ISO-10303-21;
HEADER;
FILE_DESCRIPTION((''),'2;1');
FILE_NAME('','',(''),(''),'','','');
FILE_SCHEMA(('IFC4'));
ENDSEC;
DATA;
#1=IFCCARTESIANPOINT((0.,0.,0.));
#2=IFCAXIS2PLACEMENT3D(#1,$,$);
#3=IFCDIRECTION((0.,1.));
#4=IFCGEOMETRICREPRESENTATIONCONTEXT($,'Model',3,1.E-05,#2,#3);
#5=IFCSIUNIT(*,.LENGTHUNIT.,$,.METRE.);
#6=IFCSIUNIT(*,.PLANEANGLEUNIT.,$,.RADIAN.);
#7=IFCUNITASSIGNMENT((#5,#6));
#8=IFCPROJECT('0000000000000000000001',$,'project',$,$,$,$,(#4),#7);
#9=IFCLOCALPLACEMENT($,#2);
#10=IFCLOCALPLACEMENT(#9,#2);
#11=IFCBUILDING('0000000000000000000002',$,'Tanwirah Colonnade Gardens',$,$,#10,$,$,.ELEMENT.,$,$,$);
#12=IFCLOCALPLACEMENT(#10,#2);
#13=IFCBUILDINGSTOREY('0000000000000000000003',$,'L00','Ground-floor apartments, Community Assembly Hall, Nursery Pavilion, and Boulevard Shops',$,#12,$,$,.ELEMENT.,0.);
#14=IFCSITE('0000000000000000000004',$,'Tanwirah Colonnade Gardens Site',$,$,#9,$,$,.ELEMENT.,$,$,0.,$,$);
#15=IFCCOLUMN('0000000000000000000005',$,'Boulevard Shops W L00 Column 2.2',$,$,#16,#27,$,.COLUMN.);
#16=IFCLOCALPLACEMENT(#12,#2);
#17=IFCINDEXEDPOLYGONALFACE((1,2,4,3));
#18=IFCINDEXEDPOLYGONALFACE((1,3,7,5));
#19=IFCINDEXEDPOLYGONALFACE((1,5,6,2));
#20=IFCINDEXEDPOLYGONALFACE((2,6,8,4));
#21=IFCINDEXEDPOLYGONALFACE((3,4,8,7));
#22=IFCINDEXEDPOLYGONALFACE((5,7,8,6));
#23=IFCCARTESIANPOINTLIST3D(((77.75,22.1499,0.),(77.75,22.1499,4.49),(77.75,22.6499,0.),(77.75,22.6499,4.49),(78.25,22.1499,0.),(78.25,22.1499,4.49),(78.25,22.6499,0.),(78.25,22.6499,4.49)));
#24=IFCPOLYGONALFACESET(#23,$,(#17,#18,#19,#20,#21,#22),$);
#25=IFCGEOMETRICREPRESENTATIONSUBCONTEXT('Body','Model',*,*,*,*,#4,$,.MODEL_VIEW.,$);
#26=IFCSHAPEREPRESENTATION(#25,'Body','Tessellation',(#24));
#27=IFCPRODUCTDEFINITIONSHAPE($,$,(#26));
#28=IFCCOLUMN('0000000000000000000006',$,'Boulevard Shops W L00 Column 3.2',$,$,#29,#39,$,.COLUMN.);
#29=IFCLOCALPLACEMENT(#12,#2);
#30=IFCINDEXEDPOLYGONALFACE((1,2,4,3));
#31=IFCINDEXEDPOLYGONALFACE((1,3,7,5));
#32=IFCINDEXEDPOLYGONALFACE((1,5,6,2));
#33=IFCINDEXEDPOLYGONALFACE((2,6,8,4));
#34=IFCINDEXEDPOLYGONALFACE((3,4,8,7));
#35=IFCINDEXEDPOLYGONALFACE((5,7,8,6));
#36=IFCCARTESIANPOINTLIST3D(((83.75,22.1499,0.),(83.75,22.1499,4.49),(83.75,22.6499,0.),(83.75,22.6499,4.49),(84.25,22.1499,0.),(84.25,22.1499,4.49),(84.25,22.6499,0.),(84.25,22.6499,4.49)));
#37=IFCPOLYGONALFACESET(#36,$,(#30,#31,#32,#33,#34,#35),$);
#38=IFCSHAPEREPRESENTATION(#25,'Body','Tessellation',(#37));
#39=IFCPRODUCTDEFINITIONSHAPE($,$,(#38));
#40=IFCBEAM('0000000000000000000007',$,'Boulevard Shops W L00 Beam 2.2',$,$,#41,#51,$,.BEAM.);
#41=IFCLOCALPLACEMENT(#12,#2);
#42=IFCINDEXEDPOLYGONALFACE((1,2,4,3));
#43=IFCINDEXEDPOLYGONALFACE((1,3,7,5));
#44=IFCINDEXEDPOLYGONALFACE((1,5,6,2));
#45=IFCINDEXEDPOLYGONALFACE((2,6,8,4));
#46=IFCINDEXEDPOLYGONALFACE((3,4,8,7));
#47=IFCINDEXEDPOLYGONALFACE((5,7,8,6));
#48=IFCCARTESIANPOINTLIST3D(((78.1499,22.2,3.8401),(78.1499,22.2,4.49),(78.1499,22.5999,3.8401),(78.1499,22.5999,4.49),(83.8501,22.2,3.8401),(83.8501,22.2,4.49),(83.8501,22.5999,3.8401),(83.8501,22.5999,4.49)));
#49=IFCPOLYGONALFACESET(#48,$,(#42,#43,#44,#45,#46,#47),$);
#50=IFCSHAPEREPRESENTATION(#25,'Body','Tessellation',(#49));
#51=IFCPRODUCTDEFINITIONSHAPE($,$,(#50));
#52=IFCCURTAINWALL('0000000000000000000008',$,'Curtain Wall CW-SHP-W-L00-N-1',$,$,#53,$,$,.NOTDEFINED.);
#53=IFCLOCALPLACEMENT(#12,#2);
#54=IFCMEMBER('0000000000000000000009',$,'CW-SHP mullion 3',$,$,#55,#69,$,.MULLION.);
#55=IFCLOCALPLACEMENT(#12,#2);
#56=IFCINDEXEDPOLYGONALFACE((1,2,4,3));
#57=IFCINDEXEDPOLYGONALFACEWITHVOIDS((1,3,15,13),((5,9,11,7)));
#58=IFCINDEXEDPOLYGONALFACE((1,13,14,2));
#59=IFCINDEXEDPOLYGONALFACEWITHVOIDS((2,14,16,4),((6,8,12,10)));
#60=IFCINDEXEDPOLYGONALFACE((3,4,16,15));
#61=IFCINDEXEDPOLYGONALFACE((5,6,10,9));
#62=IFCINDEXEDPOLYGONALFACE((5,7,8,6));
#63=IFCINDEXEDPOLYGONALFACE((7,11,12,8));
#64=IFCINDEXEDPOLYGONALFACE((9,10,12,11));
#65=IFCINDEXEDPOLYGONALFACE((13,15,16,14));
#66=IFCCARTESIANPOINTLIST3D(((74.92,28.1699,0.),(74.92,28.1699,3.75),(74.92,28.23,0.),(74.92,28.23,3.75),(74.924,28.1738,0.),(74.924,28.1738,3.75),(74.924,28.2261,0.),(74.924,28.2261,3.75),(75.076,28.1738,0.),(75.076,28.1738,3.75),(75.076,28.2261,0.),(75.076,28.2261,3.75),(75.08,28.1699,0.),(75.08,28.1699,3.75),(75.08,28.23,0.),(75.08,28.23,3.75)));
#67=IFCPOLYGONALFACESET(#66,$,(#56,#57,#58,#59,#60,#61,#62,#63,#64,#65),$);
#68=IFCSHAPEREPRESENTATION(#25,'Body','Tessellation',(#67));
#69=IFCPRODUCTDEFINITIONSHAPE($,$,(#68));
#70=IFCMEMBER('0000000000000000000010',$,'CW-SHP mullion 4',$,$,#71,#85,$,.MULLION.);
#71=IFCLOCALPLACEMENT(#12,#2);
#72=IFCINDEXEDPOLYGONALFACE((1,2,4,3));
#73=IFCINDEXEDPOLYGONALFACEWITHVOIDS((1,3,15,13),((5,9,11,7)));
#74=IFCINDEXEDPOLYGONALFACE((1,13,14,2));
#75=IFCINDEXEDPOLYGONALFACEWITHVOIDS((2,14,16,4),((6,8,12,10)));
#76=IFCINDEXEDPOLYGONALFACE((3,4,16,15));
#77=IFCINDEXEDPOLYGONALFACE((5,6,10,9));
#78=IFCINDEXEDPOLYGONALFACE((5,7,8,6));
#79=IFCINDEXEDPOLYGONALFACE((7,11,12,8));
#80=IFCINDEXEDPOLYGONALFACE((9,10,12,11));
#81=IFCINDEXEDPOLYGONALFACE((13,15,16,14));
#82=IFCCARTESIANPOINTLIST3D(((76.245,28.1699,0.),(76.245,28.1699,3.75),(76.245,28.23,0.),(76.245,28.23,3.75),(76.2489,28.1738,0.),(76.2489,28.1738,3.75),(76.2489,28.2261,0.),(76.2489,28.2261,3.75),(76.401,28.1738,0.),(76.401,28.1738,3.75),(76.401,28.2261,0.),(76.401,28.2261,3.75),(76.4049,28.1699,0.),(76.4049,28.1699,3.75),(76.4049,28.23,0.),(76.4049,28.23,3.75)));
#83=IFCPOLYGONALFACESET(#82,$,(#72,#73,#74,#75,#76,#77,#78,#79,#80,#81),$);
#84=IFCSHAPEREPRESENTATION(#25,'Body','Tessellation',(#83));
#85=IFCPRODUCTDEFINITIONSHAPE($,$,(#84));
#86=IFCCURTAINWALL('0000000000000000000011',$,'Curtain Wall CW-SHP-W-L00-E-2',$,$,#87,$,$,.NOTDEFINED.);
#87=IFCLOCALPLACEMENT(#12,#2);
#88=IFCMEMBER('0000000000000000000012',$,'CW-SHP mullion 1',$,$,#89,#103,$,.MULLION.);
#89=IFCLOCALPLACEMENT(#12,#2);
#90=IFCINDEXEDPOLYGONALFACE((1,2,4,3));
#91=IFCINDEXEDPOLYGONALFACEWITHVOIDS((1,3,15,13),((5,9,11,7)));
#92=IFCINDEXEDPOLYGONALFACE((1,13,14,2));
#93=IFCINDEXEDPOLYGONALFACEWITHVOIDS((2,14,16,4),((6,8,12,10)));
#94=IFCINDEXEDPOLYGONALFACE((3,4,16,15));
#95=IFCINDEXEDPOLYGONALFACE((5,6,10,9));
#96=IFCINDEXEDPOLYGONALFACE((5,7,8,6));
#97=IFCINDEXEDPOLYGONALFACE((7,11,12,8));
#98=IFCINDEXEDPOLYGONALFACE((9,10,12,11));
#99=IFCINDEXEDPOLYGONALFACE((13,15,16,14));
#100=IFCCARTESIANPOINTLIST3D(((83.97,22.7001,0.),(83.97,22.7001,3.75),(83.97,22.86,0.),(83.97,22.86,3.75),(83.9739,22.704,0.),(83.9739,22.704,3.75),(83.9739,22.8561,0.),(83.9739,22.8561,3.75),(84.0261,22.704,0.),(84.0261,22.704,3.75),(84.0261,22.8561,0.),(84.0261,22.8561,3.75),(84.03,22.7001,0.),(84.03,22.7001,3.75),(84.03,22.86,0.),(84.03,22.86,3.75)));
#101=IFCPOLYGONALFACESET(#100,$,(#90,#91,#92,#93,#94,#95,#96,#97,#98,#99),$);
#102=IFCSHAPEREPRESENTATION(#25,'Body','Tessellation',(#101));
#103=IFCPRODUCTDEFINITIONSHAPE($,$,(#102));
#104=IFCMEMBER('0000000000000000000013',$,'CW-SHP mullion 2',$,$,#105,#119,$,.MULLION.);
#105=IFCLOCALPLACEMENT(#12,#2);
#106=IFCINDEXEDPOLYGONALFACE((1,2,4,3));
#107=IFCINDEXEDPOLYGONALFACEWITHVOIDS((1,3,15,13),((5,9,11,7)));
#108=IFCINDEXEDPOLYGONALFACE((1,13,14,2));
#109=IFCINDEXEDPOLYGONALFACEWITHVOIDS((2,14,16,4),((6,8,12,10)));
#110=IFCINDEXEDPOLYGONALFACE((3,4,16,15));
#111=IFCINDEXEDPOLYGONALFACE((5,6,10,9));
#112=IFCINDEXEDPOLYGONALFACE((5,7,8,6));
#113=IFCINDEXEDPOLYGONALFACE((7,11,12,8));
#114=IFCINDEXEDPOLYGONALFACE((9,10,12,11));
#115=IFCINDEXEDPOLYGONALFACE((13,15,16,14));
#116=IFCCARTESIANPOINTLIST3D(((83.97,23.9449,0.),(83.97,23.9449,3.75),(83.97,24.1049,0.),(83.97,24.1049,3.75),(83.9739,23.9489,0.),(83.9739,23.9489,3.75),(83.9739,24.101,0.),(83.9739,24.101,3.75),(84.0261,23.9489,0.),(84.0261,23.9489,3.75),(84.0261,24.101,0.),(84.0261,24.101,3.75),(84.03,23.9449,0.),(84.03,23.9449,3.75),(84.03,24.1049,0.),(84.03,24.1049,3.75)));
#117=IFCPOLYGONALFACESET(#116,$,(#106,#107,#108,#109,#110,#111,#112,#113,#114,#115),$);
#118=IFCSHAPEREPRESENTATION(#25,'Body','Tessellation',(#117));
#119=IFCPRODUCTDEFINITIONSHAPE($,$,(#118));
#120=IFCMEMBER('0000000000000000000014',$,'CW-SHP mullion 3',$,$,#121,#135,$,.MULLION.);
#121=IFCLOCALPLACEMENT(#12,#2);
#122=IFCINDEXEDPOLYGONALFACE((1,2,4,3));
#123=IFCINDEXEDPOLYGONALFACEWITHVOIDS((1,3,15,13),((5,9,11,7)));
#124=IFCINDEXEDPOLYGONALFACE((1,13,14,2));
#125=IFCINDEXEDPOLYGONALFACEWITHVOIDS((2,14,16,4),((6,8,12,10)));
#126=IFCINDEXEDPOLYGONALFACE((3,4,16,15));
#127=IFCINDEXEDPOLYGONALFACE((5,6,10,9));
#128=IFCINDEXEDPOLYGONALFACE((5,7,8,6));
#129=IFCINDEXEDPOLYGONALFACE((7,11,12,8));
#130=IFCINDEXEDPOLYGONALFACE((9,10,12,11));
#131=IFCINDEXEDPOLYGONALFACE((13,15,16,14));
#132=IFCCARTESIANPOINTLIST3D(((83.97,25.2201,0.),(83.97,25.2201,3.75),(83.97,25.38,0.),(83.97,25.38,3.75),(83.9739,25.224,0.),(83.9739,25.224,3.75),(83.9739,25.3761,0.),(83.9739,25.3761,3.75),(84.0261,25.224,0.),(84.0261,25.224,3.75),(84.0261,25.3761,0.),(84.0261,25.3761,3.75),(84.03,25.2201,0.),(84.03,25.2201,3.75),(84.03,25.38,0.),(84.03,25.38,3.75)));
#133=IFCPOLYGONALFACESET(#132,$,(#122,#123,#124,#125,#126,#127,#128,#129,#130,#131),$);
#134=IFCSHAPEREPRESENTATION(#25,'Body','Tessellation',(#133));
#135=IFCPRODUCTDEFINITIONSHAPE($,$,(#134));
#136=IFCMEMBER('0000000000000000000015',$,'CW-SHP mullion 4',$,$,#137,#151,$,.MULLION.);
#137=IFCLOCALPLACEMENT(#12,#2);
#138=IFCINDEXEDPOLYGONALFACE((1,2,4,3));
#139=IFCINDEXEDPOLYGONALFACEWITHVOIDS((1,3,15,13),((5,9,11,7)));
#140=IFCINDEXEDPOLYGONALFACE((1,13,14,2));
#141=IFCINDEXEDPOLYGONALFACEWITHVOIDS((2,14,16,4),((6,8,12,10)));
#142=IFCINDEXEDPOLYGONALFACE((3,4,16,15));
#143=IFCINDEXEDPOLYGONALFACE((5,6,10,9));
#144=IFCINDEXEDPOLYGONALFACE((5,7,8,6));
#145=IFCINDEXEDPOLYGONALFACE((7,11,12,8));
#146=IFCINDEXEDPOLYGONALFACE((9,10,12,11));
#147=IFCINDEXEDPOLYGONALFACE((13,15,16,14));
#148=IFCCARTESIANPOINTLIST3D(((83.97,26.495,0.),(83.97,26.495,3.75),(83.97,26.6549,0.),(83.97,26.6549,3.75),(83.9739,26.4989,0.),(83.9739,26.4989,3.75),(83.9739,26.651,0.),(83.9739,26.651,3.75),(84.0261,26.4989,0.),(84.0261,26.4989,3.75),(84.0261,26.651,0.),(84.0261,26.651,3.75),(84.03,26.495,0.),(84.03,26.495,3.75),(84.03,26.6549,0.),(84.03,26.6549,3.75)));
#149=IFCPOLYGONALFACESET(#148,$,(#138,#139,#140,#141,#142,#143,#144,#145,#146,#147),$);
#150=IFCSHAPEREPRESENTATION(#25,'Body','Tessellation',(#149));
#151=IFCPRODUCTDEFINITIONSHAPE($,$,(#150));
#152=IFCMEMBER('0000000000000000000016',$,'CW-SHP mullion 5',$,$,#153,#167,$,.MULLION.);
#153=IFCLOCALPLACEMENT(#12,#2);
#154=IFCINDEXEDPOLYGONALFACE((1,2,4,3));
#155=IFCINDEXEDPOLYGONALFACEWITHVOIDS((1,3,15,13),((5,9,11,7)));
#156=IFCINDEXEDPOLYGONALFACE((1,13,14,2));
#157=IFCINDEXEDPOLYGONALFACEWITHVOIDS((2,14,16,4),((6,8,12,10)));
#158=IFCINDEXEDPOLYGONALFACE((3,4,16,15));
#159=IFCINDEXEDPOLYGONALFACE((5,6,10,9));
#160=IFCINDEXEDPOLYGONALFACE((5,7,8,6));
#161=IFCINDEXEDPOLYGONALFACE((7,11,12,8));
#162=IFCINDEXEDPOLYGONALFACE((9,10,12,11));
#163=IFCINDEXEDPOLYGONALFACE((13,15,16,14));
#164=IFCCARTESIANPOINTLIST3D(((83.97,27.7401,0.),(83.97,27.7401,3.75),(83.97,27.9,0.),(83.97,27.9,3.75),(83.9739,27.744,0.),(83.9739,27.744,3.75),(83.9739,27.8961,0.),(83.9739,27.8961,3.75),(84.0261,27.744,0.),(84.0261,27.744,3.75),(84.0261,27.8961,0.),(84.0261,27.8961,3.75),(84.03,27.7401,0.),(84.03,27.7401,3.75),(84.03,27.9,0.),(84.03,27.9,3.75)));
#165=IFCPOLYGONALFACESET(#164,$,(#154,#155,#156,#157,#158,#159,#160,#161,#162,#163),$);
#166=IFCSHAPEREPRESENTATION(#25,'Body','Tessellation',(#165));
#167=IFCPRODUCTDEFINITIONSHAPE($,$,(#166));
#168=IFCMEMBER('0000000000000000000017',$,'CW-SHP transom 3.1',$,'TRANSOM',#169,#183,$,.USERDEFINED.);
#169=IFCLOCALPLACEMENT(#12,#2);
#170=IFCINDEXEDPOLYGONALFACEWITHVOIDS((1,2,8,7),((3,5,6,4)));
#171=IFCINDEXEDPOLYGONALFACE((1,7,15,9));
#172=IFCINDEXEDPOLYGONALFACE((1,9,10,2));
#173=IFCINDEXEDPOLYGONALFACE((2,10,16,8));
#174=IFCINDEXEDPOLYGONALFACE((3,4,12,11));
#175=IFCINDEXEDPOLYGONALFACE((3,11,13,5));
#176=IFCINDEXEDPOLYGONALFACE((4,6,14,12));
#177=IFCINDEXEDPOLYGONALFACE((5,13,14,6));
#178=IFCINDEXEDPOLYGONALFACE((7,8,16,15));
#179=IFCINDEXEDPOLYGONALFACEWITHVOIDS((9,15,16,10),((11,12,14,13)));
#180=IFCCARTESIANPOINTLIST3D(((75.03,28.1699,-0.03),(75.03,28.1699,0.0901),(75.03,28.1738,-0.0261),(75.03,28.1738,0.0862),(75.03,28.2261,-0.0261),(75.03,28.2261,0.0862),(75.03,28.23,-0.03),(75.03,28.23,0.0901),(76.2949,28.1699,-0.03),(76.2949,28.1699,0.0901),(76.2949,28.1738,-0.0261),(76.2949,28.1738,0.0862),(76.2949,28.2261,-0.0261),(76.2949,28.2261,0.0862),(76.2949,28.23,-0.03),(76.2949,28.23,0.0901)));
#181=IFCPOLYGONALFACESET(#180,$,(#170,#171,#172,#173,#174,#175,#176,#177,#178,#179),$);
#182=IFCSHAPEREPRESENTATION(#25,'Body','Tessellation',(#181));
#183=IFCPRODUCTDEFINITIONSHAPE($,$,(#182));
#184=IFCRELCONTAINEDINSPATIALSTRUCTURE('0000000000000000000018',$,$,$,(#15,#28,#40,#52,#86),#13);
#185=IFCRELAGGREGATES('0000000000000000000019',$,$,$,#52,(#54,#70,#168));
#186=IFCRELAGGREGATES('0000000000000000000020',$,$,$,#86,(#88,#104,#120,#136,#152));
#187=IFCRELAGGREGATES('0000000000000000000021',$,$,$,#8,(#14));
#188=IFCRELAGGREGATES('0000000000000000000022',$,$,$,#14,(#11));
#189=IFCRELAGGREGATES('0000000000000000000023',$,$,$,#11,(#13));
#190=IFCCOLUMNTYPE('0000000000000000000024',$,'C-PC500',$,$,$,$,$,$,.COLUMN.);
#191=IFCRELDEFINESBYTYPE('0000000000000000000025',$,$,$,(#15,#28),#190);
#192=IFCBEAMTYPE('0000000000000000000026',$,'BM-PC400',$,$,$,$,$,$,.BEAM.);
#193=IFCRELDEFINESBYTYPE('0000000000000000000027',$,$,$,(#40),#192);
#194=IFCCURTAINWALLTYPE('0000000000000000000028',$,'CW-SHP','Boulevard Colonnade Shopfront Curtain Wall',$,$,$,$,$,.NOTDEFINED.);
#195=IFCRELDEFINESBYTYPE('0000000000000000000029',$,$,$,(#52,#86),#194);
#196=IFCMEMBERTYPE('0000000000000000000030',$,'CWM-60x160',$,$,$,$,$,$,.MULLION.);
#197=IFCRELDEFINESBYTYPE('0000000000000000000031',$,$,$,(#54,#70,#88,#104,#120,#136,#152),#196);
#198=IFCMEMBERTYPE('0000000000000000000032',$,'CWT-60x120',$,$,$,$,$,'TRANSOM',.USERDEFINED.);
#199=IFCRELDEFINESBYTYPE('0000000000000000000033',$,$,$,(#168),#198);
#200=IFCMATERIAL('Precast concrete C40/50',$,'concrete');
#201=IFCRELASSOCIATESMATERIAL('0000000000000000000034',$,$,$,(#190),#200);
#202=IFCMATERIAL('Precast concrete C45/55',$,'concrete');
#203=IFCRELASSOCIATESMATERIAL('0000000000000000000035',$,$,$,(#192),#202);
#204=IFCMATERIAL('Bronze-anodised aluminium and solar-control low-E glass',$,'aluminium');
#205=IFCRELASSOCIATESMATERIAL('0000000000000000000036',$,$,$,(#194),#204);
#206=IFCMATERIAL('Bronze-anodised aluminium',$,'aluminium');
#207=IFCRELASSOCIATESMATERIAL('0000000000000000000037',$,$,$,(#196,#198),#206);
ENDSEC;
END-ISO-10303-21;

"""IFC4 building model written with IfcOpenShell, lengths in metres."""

from ifc_helpers import new_model, si_unit, direction, frame, origin, origin_2d, place, context, subcontext, project, spatial, rectangle, hollow_rectangle, extrude, material, material_profile, profile_set, type_object, element, aggregate, save


model = new_model("IFC4")

# Units and contexts
model_context = context("Model", 3, precision=1e-05, world=origin(), true_north=direction((0.0, 1.0)))
body_context = subcontext(model_context, "Body", "Model", "MODEL_VIEW")
ifc_project = project(units=[si_unit("LENGTHUNIT", "METRE"), si_unit("PLANEANGLEUNIT", "RADIAN")], contexts=[model_context])

# Site, building, storey
site_placement = place(None, origin())
site = spatial("IfcSite", under=ifc_project, at=site_placement, Name="Tanwirah Colonnade Gardens Site", CompositionType="ELEMENT", RefElevation=0.0)
building_placement = place(site_placement, origin())
building = spatial("IfcBuilding", under=site, at=building_placement, Name="Tanwirah Colonnade Gardens", CompositionType="ELEMENT")
storey_placement = place(building_placement, origin())
storey = spatial("IfcBuildingStorey", under=building, at=storey_placement, Name="L00", Description="Ground-floor apartments, Community Assembly Hall, Nursery Pavilion, and Boulevard Shops", CompositionType="ELEMENT", Elevation=0.0)

# Columns
ifc_material_1 = material(Name="Precast concrete C40/50", Category="concrete")
ifc_material_profile_1 = material_profile(ifc_material_1, rectangle(XDim=0.5, YDim=0.5, at=origin_2d()), Name="PC-COL 500x500")
ifc_profile_set_1 = profile_set([ifc_material_profile_1], Name="Precast concrete C40/50")
column_type = type_object("IfcColumnType", Name="C-PC500", PredefinedType="COLUMN", material=ifc_profile_set_1)
for number, where, z_axis, x_axis, name in (
    (1, (78.0, 22.3999, 0.0), (0.0, 0.0, 1.0), (1.0, 0.0, 0.0), "Boulevard Shops W L00 Column 2.2"),
    (2, (84.0, 22.3999, 0.0), (0.0, 0.0, 1.0), (1.0, 0.0, 0.0), "Boulevard Shops W L00 Column 3.2"),
):
    element("IfcColumn", number, at=place(storey_placement, frame(where, z_axis=z_axis, x_axis=x_axis)), inside=storey, type_object=column_type, Name=name, PredefinedType="COLUMN", context=body_context, shape_type="SweptSolid", body=[
        extrude(rectangle(XDim=0.5, YDim=0.5, at=origin_2d()), origin(), (0.0, 0.0, 1.0), 4.49),
    ])

# Beam
ifc_material_2 = material(Name="Precast concrete C45/55", Category="concrete")
ifc_material_profile_2 = material_profile(ifc_material_2, rectangle(XDim=0.3999, YDim=0.6499, at=origin_2d()), Name="PC-BM 400x650")
ifc_profile_set_2 = profile_set([ifc_material_profile_2], Name="Precast concrete C45/55")
beam_type = type_object("IfcBeamType", Name="BM-PC400", PredefinedType="BEAM", material=ifc_profile_set_2)
beam_placement = place(storey_placement, frame((78.1499, 22.3999, 4.165), z_axis=(1.0, 0.0, 0.0), x_axis=(0.0, 1.0, 0.0)))
element("IfcBeam", 3, at=beam_placement, inside=storey, type_object=beam_type, Name="Boulevard Shops W L00 Beam 2.2", PredefinedType="BEAM", context=body_context, shape_type="SweptSolid", body=[
    extrude(rectangle(XDim=0.3999, YDim=0.6499, at=origin_2d()), origin(), (0.0, 0.0, 1.0), 5.7002),
])

# Curtain walls, members
ifc_material_3 = material(Name="Bronze-anodised aluminium and solar-control low-E glass", Category="aluminium")
curtain_wall_type = type_object("IfcCurtainWallType", Name="CW-SHP", Description="Boulevard Colonnade Shopfront Curtain Wall", PredefinedType="NOTDEFINED", material=ifc_material_3)
curtain_wall_1_placement = place(storey_placement, origin())
curtain_wall_1 = element("IfcCurtainWall", 4, at=curtain_wall_1_placement, inside=storey, type_object=curtain_wall_type, Name="Curtain Wall CW-SHP-W-L00-N-1", PredefinedType="NOTDEFINED")
ifc_material_4 = material(Name="Bronze-anodised aluminium", Category="aluminium")
ifc_material_profile_3 = material_profile(ifc_material_4, hollow_rectangle(XDim=0.0601, YDim=0.1599, WallThickness=0.0039, at=origin_2d()), Name="CW-MUL 60x160x4")
ifc_profile_set_3 = profile_set([ifc_material_profile_3], Name="Bronze-anodised aluminium")
member_type_1 = type_object("IfcMemberType", Name="CWM-60x160", PredefinedType="MULLION", material=ifc_profile_set_3)
member_1_placement = place(storey_placement, frame((75.0, 28.2, 0.0), z_axis=(0.0, 0.0, 1.0), x_axis=(0.0, 1.0, 0.0)))
member_1 = element("IfcMember", 5, at=member_1_placement, type_object=member_type_1, Name="CW-SHP mullion 3", PredefinedType="MULLION", context=body_context, shape_type="SweptSolid", body=[
    extrude(hollow_rectangle(XDim=0.0601, YDim=0.1599, WallThickness=0.0039, at=origin_2d()), origin(), (0.0, 0.0, 1.0), 3.75),
])
member_2_placement = place(storey_placement, frame((76.325, 28.2, 0.0), z_axis=(0.0, 0.0, 1.0), x_axis=(0.0, 1.0, 0.0)))
member_2 = element("IfcMember", 6, at=member_2_placement, type_object=member_type_1, Name="CW-SHP mullion 4", PredefinedType="MULLION", context=body_context, shape_type="SweptSolid", body=[
    extrude(hollow_rectangle(XDim=0.0601, YDim=0.1599, WallThickness=0.0039, at=origin_2d()), origin(), (0.0, 0.0, 1.0), 3.75),
])
curtain_wall_2_placement = place(storey_placement, origin())
curtain_wall_2 = element("IfcCurtainWall", 7, at=curtain_wall_2_placement, inside=storey, type_object=curtain_wall_type, Name="Curtain Wall CW-SHP-W-L00-E-2", PredefinedType="NOTDEFINED")
member_3_placement = place(storey_placement, frame((84.0, 22.78, 0.0), z_axis=(0.0, 0.0, 1.0), x_axis=(-1.0, 0.0, 0.0)))
member_3 = element("IfcMember", 8, at=member_3_placement, type_object=member_type_1, Name="CW-SHP mullion 1", PredefinedType="MULLION", context=body_context, shape_type="SweptSolid", body=[
    extrude(hollow_rectangle(XDim=0.0601, YDim=0.1599, WallThickness=0.0039, at=origin_2d()), origin(), (0.0, 0.0, 1.0), 3.75),
])
member_4_placement = place(storey_placement, frame((84.0, 24.0249, 0.0), z_axis=(0.0, 0.0, 1.0), x_axis=(-1.0, 0.0, 0.0)))
member_4 = element("IfcMember", 9, at=member_4_placement, type_object=member_type_1, Name="CW-SHP mullion 2", PredefinedType="MULLION", context=body_context, shape_type="SweptSolid", body=[
    extrude(hollow_rectangle(XDim=0.0601, YDim=0.1599, WallThickness=0.0039, at=origin_2d()), origin(), (0.0, 0.0, 1.0), 3.75),
])
member_5_placement = place(storey_placement, frame((84.0, 25.3, 0.0), z_axis=(0.0, 0.0, 1.0), x_axis=(-1.0, 0.0, 0.0)))
member_5 = element("IfcMember", 10, at=member_5_placement, type_object=member_type_1, Name="CW-SHP mullion 3", PredefinedType="MULLION", context=body_context, shape_type="SweptSolid", body=[
    extrude(hollow_rectangle(XDim=0.0601, YDim=0.1599, WallThickness=0.0039, at=origin_2d()), origin(), (0.0, 0.0, 1.0), 3.75),
])
member_6_placement = place(storey_placement, frame((84.0, 26.575, 0.0), z_axis=(0.0, 0.0, 1.0), x_axis=(-1.0, 0.0, 0.0)))
member_6 = element("IfcMember", 11, at=member_6_placement, type_object=member_type_1, Name="CW-SHP mullion 4", PredefinedType="MULLION", context=body_context, shape_type="SweptSolid", body=[
    extrude(hollow_rectangle(XDim=0.0601, YDim=0.1599, WallThickness=0.0039, at=origin_2d()), origin(), (0.0, 0.0, 1.0), 3.75),
])
member_7_placement = place(storey_placement, frame((84.0, 27.8201, 0.0), z_axis=(0.0, 0.0, 1.0), x_axis=(-1.0, 0.0, 0.0)))
member_7 = element("IfcMember", 12, at=member_7_placement, type_object=member_type_1, Name="CW-SHP mullion 5", PredefinedType="MULLION", context=body_context, shape_type="SweptSolid", body=[
    extrude(hollow_rectangle(XDim=0.0601, YDim=0.1599, WallThickness=0.0039, at=origin_2d()), origin(), (0.0, 0.0, 1.0), 3.75),
])

# Member
ifc_material_profile_4 = material_profile(ifc_material_4, hollow_rectangle(XDim=0.0601, YDim=0.1201, WallThickness=0.0039, at=origin_2d()), Name="CW-TRN 60x120x4")
ifc_profile_set_4 = profile_set([ifc_material_profile_4], Name="Bronze-anodised aluminium")
member_type_2 = type_object("IfcMemberType", Name="CWT-60x120", ElementType="TRANSOM", PredefinedType="USERDEFINED", material=ifc_profile_set_4)
member_8_placement = place(storey_placement, frame((75.03, 28.2, 0.03), z_axis=(1.0, 0.0, 0.0), x_axis=(0.0, 1.0, 0.0)))
member_8 = element("IfcMember", 13, at=member_8_placement, type_object=member_type_2, Name="CW-SHP transom 3.1", ObjectType="TRANSOM", PredefinedType="USERDEFINED", context=body_context, shape_type="SweptSolid", body=[
    extrude(hollow_rectangle(XDim=0.0601, YDim=0.1201, WallThickness=0.0039, at=origin_2d()), origin(), (0.0, 0.0, 1.0), 1.2649),
])

aggregate(curtain_wall_1, [member_1, member_2, member_8])
aggregate(curtain_wall_2, [member_3, member_4, member_5, member_6, member_7])

save(model, "model.ifc")
